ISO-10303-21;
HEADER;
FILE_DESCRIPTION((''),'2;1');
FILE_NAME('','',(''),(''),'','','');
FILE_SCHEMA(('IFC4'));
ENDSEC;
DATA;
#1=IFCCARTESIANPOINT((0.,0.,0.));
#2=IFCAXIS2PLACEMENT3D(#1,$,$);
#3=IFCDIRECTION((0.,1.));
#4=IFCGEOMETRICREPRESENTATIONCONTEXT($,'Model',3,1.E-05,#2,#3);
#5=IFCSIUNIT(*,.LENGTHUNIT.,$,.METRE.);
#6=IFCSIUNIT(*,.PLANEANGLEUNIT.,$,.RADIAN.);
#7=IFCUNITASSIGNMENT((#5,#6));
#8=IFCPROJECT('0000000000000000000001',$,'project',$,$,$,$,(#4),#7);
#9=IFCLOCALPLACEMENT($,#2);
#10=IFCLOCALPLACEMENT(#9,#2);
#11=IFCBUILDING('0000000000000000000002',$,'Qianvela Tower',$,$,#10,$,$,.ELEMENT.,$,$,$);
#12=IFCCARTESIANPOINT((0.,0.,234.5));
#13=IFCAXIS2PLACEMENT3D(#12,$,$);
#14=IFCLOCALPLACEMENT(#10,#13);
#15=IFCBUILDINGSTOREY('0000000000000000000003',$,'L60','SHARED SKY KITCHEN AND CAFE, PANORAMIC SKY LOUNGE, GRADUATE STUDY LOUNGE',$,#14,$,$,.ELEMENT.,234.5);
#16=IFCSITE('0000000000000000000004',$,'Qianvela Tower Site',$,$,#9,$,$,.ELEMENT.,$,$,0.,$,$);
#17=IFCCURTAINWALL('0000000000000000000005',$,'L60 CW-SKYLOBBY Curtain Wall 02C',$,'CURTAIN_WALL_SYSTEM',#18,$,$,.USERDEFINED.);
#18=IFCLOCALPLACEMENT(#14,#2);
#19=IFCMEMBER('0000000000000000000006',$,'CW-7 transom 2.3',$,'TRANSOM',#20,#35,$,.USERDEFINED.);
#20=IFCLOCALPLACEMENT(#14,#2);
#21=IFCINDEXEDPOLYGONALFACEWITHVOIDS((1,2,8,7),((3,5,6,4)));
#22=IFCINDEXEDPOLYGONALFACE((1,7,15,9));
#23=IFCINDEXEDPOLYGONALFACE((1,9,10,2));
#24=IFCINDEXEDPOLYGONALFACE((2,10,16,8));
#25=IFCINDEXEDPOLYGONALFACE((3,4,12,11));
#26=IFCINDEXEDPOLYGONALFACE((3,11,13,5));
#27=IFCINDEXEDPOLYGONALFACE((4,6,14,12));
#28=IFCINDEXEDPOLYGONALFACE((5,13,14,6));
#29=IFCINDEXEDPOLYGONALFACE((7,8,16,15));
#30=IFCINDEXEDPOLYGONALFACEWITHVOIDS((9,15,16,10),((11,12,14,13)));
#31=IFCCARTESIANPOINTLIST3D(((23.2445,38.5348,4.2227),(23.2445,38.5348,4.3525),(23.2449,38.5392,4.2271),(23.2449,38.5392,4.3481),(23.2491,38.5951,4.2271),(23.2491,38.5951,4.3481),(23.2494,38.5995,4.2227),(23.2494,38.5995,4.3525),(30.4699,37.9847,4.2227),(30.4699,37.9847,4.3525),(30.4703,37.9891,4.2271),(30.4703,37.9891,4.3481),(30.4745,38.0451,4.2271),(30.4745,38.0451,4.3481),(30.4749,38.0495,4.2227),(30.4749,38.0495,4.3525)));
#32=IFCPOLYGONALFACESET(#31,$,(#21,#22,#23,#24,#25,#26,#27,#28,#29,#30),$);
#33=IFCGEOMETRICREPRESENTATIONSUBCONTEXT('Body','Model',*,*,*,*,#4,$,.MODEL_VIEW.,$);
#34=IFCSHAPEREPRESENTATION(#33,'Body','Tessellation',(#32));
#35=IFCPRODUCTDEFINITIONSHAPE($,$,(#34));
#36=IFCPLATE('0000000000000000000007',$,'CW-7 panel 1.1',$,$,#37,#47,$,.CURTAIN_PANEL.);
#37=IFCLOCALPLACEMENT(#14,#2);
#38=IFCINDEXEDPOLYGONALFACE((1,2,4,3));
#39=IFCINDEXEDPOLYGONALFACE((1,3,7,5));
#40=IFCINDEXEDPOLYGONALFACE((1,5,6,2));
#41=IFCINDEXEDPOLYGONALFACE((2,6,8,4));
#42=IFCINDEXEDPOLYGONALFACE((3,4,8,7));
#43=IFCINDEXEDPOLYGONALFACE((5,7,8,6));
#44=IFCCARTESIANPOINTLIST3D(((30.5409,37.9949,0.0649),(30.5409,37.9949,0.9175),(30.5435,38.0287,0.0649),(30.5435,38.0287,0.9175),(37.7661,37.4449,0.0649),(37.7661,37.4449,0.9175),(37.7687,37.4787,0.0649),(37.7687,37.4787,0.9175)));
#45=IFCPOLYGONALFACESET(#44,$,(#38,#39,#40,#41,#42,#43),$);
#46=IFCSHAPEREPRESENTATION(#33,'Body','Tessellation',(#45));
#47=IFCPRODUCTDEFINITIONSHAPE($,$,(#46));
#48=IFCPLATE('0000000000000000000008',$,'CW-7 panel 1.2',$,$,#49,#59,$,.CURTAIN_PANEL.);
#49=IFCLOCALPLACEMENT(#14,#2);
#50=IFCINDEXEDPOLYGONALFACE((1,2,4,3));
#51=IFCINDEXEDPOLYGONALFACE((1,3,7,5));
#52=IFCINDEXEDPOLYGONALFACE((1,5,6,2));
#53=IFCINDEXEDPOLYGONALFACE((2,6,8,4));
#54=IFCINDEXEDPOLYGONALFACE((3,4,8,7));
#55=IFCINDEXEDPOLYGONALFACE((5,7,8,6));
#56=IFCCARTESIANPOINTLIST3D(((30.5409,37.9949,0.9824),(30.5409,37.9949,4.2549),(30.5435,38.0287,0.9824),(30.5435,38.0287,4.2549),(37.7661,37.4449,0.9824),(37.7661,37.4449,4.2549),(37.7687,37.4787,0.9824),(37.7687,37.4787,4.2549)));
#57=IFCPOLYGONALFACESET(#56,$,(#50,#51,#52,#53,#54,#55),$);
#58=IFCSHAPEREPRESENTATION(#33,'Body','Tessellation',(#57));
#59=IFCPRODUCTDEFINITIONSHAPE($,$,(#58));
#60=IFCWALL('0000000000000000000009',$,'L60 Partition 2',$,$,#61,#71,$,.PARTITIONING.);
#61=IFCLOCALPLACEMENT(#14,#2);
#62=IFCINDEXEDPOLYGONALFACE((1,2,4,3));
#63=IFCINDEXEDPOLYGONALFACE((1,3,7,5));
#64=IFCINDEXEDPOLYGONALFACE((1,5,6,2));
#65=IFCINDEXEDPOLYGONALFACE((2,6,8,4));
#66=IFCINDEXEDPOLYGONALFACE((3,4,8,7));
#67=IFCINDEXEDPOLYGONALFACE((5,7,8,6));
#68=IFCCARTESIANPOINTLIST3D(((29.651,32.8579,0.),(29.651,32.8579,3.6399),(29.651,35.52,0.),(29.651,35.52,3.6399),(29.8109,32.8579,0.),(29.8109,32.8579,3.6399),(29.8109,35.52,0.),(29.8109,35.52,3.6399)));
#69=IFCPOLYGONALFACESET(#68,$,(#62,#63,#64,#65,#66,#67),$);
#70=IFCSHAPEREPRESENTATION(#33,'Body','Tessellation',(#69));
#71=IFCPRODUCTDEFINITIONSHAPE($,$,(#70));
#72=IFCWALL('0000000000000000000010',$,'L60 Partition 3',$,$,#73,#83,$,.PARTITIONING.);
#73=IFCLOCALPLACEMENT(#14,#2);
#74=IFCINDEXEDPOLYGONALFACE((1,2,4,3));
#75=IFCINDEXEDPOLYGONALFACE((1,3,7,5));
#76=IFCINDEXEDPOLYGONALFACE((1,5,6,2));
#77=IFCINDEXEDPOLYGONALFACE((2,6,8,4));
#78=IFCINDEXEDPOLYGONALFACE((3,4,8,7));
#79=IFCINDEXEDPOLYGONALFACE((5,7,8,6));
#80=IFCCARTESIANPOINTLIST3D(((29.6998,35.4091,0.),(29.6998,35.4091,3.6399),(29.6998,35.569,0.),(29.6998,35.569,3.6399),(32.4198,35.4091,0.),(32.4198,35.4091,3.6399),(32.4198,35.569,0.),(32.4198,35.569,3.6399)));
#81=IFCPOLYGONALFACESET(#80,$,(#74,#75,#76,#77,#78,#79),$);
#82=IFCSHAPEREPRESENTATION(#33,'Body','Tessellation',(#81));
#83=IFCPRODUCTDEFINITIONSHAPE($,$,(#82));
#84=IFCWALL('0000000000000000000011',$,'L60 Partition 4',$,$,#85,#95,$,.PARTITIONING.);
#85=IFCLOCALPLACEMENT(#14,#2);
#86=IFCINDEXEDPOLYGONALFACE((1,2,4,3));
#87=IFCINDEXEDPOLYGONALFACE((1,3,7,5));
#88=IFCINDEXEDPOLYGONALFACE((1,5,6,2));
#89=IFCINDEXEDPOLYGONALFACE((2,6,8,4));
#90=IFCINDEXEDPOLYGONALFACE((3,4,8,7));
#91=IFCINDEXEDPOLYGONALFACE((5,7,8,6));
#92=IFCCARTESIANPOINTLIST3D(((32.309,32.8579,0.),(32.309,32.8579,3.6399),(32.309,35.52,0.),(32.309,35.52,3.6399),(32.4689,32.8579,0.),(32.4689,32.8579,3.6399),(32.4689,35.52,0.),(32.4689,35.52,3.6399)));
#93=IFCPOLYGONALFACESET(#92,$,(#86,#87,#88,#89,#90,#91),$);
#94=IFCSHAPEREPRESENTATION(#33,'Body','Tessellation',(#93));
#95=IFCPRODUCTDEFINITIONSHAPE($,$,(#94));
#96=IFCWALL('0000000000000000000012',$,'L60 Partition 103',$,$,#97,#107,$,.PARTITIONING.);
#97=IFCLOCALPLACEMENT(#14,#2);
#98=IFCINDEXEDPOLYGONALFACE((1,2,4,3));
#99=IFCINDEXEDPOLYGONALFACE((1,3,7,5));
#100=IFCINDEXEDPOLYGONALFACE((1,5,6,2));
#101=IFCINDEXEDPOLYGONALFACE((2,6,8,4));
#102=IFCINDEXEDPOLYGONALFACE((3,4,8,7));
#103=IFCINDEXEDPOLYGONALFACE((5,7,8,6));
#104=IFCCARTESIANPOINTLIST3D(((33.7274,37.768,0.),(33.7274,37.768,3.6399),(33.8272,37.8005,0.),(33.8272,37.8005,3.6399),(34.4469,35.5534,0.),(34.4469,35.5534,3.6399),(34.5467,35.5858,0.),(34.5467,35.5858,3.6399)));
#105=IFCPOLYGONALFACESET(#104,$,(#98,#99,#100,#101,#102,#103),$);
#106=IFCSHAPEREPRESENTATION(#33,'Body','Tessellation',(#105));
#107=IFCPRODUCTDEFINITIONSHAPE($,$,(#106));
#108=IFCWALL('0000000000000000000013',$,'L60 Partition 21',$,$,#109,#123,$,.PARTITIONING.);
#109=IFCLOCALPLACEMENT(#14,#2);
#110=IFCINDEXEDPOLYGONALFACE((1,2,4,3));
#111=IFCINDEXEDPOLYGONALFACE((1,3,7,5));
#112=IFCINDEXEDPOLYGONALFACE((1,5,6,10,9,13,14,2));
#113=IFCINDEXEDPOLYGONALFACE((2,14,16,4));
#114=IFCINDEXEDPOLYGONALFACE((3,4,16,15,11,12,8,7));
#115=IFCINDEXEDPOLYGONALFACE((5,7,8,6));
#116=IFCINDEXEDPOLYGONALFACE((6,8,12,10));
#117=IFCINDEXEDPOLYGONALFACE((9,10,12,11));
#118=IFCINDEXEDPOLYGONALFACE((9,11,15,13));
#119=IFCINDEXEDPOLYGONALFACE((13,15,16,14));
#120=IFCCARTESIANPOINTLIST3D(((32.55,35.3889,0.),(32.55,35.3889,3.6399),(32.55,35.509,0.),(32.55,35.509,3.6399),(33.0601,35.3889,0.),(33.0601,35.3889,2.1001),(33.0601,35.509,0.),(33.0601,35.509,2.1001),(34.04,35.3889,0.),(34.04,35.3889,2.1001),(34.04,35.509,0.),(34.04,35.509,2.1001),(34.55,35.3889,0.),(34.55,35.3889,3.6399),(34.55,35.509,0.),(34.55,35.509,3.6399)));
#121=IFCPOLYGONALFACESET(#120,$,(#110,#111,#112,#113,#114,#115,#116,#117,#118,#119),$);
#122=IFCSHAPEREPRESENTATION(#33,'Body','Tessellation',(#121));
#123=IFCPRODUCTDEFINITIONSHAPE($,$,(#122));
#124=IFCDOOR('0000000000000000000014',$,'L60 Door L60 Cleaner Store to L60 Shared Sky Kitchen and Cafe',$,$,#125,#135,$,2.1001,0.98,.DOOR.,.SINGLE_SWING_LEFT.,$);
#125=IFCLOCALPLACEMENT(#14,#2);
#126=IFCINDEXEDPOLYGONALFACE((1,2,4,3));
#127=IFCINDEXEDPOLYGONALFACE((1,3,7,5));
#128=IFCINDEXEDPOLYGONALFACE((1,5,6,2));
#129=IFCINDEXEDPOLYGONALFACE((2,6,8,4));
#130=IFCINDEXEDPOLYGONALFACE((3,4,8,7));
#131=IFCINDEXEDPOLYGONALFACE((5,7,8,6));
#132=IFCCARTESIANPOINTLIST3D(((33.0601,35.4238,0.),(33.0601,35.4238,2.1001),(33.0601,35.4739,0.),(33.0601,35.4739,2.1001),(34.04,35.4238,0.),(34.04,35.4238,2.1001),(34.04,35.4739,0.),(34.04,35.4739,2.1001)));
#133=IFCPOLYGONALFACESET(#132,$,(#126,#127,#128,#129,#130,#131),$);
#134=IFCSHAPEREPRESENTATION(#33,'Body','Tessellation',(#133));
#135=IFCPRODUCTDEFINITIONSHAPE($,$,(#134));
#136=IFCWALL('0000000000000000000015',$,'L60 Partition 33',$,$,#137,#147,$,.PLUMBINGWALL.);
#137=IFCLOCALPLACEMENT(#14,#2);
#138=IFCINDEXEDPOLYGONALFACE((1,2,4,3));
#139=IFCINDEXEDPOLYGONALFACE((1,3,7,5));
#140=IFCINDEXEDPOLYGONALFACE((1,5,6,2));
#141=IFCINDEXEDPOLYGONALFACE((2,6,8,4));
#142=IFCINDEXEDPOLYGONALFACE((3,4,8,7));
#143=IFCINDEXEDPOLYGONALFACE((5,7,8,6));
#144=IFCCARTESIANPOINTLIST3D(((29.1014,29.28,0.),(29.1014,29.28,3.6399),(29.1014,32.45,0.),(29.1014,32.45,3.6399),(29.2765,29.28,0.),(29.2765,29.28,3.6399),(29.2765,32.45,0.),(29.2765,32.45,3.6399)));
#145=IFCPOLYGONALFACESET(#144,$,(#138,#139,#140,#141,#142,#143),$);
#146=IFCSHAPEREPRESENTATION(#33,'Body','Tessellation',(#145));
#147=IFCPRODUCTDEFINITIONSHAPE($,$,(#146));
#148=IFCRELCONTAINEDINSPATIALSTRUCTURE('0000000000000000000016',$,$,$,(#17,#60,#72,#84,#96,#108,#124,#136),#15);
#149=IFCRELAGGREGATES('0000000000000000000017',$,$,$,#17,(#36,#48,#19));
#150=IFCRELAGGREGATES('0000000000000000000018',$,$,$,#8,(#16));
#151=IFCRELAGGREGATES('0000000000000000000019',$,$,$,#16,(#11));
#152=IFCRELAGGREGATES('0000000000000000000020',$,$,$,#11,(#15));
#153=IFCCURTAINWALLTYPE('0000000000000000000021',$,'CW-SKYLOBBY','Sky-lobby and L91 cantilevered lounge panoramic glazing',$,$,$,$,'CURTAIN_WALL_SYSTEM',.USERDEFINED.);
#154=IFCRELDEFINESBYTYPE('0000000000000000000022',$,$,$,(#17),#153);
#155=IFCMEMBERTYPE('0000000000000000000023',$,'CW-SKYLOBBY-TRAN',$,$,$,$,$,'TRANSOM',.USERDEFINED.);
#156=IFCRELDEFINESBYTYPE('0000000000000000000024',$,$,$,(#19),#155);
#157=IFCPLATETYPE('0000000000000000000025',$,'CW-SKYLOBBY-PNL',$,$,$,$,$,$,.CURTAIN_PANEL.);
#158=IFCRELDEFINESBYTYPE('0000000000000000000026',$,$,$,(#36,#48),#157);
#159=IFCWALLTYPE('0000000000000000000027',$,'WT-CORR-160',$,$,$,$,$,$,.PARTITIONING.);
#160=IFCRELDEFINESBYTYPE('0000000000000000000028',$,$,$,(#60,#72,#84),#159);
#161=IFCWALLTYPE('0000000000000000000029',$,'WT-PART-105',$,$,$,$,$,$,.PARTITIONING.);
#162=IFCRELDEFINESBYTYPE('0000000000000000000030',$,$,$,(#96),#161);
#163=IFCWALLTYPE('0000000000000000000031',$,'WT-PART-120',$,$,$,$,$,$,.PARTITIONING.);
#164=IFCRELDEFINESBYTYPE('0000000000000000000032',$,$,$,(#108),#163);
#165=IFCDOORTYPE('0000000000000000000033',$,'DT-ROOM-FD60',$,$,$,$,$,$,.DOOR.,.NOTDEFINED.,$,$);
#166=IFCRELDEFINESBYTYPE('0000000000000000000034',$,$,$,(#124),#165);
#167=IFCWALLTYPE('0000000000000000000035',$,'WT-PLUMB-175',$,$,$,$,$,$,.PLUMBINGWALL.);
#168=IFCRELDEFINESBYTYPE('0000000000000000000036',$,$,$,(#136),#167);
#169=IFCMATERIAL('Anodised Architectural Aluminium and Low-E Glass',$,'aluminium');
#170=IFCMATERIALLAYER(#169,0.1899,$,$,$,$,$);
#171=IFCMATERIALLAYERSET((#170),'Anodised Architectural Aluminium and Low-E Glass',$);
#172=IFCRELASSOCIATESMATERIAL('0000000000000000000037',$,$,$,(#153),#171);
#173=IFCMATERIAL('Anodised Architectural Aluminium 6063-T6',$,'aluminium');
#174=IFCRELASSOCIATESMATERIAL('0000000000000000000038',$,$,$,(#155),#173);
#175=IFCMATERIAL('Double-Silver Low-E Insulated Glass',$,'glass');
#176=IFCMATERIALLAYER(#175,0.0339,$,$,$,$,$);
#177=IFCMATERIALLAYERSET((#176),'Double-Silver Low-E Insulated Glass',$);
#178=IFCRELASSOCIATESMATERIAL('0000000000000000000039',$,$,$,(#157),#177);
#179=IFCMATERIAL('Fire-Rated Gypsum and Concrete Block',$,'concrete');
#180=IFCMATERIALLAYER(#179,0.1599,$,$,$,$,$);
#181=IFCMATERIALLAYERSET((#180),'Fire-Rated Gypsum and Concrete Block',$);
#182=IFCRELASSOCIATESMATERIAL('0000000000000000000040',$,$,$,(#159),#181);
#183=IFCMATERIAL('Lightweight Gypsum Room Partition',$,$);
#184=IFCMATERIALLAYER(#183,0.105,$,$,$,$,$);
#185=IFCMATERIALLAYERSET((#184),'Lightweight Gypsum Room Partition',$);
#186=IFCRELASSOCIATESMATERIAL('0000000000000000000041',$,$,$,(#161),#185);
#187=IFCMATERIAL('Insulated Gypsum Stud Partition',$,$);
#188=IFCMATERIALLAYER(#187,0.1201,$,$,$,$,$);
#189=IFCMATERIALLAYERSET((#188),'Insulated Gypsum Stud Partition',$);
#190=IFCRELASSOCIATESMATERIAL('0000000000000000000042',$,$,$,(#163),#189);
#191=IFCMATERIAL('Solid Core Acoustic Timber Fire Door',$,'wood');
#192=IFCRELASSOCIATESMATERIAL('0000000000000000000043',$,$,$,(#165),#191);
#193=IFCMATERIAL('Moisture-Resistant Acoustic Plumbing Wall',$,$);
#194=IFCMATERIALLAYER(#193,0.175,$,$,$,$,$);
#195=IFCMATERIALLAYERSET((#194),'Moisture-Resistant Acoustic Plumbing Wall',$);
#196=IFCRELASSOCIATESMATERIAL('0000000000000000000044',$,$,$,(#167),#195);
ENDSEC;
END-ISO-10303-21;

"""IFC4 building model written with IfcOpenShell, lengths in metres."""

from ifc_helpers import new_model, si_unit, direction, frame, frame_2d, origin, origin_2d, place, context, subcontext, project, spatial, rectangle, hollow_rectangle, extrude, material, layer, layer_set, material_profile, profile_set, type_object, element, fill, aggregate, save


model = new_model("IFC4")

# Units and contexts
model_context = context("Model", 3, precision=1e-05, world=origin(), true_north=direction((0.0, 1.0)))
body_context = subcontext(model_context, "Body", "Model", "MODEL_VIEW")
ifc_project = project(units=[si_unit("LENGTHUNIT", "METRE"), si_unit("PLANEANGLEUNIT", "RADIAN")], contexts=[model_context])

# Site, building, storey
site_placement = place(None, origin())
site = spatial("IfcSite", under=ifc_project, at=site_placement, Name="Qianvela Tower Site", CompositionType="ELEMENT", RefElevation=0.0)
building_placement = place(site_placement, origin())
building = spatial("IfcBuilding", under=site, at=building_placement, Name="Qianvela Tower", CompositionType="ELEMENT")
storey_placement = place(building_placement, frame((0.0, 0.0, 234.5)))
storey = spatial("IfcBuildingStorey", under=building, at=storey_placement, Name="L60", Description="SHARED SKY KITCHEN AND CAFE, PANORAMIC SKY LOUNGE, GRADUATE STUDY LOUNGE", CompositionType="ELEMENT", Elevation=234.5)

# Curtain wall, member, plates
ifc_material_1 = material(Name="Anodised Architectural Aluminium and Low-E Glass", Category="aluminium")
ifc_layer_1 = layer(ifc_material_1, 0.1899)
ifc_layer_set_1 = layer_set([ifc_layer_1], Name="Anodised Architectural Aluminium and Low-E Glass")
curtain_wall_type = type_object("IfcCurtainWallType", Name="CW-SKYLOBBY", Description="Sky-lobby and L91 cantilevered lounge panoramic glazing", ElementType="CURTAIN_WALL_SYSTEM", PredefinedType="USERDEFINED", material=ifc_layer_set_1)
curtain_wall_placement = place(storey_placement, origin())
curtain_wall = element("IfcCurtainWall", 1, at=curtain_wall_placement, inside=storey, type_object=curtain_wall_type, Name="L60 CW-SKYLOBBY Curtain Wall 02C", ObjectType="CURTAIN_WALL_SYSTEM", PredefinedType="USERDEFINED")
ifc_material_2 = material(Name="Anodised Architectural Aluminium 6063-T6", Category="aluminium")
ifc_material_profile_1 = material_profile(ifc_material_2, hollow_rectangle(XDim=0.0649, YDim=0.1299, WallThickness=0.0044, at=origin_2d()), Name="ALU-TRAN-65x130")
ifc_profile_set_1 = profile_set([ifc_material_profile_1], Name="Anodised Architectural Aluminium 6063-T6")
member_type_1 = type_object("IfcMemberType", Name="CW-SKYLOBBY-TRAN", ElementType="TRANSOM", PredefinedType="USERDEFINED", material=ifc_profile_set_1)
member_1_placement = place(storey_placement, frame((30.4724, 38.0171, 4.2876), z_axis=(-0.997115, 0.075908, 0.0), x_axis=(-0.075908, -0.997115, 0.0)))
member_1 = element("IfcMember", 2, at=member_1_placement, type_object=member_type_1, Name="CW-7 transom 2.3", ObjectType="TRANSOM", PredefinedType="USERDEFINED", context=body_context, shape_type="SweptSolid", body=[
    extrude(hollow_rectangle(XDim=0.0649, YDim=0.1299, WallThickness=0.0044, at=origin_2d()), origin(), (0.0, 0.0, 1.0), 7.2463),
])
ifc_material_3 = material(Name="Double-Silver Low-E Insulated Glass", Category="glass")
ifc_layer_2 = layer(ifc_material_3, 0.0339)
ifc_layer_set_2 = layer_set([ifc_layer_2], Name="Double-Silver Low-E Insulated Glass")
plate_type = type_object("IfcPlateType", Name="CW-SKYLOBBY-PNL", PredefinedType="CURTAIN_PANEL", material=ifc_layer_set_2)
plate_1_placement = place(storey_placement, frame((34.1548, 37.7368, 0.0649), z_axis=(0.0, 0.0, 1.0), x_axis=(-0.997115, 0.0759, 0.0)))
plate_1 = element("IfcPlate", 3, at=plate_1_placement, type_object=plate_type, Name="CW-7 panel 1.1", PredefinedType="CURTAIN_PANEL", context=body_context, shape_type="SweptSolid", body=[
    extrude(rectangle(XDim=7.2461, YDim=0.0339, at=origin_2d()), origin(), (0.0, 0.0, 1.0), 0.8525),
])
plate_2_placement = place(storey_placement, frame((34.1548, 37.7368, 0.9824), z_axis=(0.0, 0.0, 1.0), x_axis=(-0.997115, 0.0759, 0.0)))
plate_2 = element("IfcPlate", 4, at=plate_2_placement, type_object=plate_type, Name="CW-7 panel 1.2", PredefinedType="CURTAIN_PANEL", context=body_context, shape_type="SweptSolid", body=[
    extrude(rectangle(XDim=7.2461, YDim=0.0339, at=origin_2d()), origin(), (0.0, 0.0, 1.0), 3.2725),
])
aggregate(curtain_wall, [plate_1, plate_2, member_1])

# Walls
ifc_material_4 = material(Name="Fire-Rated Gypsum and Concrete Block", Category="concrete")
ifc_layer_3 = layer(ifc_material_4, 0.1599)
ifc_layer_set_3 = layer_set([ifc_layer_3], Name="Fire-Rated Gypsum and Concrete Block")
wall_type_1 = type_object("IfcWallType", Name="WT-CORR-160", PredefinedType="PARTITIONING", material=ifc_layer_set_3)
wall_1_placement = place(storey_placement, frame((29.731, 32.8579, 0.0), z_axis=(0.0, 0.0, 1.0), x_axis=(0.0, 1.0, 0.0)))
element("IfcWall", 5, at=wall_1_placement, inside=storey, type_object=wall_type_1, Name="L60 Partition 2", PredefinedType="PARTITIONING", context=body_context, shape_type="SweptSolid", body=[
    extrude(rectangle(XDim=2.6621, YDim=0.1599, at=frame_2d((1.3311, 0.0))), origin(), (0.0, 0.0, 1.0), 3.6399),
])
wall_2_placement = place(storey_placement, frame((29.7, 35.489, 0.0), z_axis=(0.0, 0.0, 1.0), x_axis=(1.0, 0.0, 0.0)))
element("IfcWall", 6, at=wall_2_placement, inside=storey, type_object=wall_type_1, Name="L60 Partition 3", PredefinedType="PARTITIONING", context=body_context, shape_type="SweptSolid", body=[
    extrude(rectangle(XDim=2.72, YDim=0.1599, at=frame_2d((1.3599, 0.0))), origin(), (0.0, 0.0, 1.0), 3.6399),
])
wall_3_placement = place(storey_placement, frame((32.3889, 35.52, 0.0), z_axis=(0.0, 0.0, 1.0), x_axis=(0.0, -1.0, 0.0)))
element("IfcWall", 7, at=wall_3_placement, inside=storey, type_object=wall_type_1, Name="L60 Partition 4", PredefinedType="PARTITIONING", context=body_context, shape_type="SweptSolid", body=[
    extrude(rectangle(XDim=2.6621, YDim=0.1599, at=frame_2d((1.3311, 0.0))), origin(), (0.0, 0.0, 1.0), 3.6399),
])
ifc_material_5 = material(Name="Lightweight Gypsum Room Partition")
ifc_layer_4 = layer(ifc_material_5, 0.105)
ifc_layer_set_4 = layer_set([ifc_layer_4], Name="Lightweight Gypsum Room Partition")
wall_type_2 = type_object("IfcWallType", Name="WT-PART-105", PredefinedType="PARTITIONING", material=ifc_layer_set_4)
wall_4_placement = place(storey_placement, frame((34.4968, 35.5696, 0.0), z_axis=(0.0, 0.0, 1.0), x_axis=(-0.308984, 0.951067, 0.0)))
element("IfcWall", 8, at=wall_4_placement, inside=storey, type_object=wall_type_2, Name="L60 Partition 103", PredefinedType="PARTITIONING", context=body_context, shape_type="SweptSolid", body=[
    extrude(rectangle(XDim=2.3286, YDim=0.105, at=frame_2d((1.1643, 0.0))), origin(), (0.0, 0.0, 1.0), 3.6399),
])

# Wall, opening, door
ifc_material_6 = material(Name="Insulated Gypsum Stud Partition")
ifc_layer_5 = layer(ifc_material_6, 0.1201)
ifc_layer_set_5 = layer_set([ifc_layer_5], Name="Insulated Gypsum Stud Partition")
wall_type_3 = type_object("IfcWallType", Name="WT-PART-120", PredefinedType="PARTITIONING", material=ifc_layer_set_5)
wall_5_placement = place(storey_placement, frame((32.55, 35.449, 0.0), z_axis=(0.0, 0.0, 1.0), x_axis=(1.0, 0.0, 0.0)))
wall_5 = element("IfcWall", 9, at=wall_5_placement, inside=storey, type_object=wall_type_3, Name="L60 Partition 21", PredefinedType="PARTITIONING", context=body_context, shape_type="SweptSolid", body=[
    extrude(rectangle(XDim=2.0, YDim=0.1201, at=frame_2d((1.0, 0.0))), origin(), (0.0, 0.0, 1.0), 3.6399),
])
opening_1_placement = place(wall_5_placement, frame((0.51, 0.0, 0.0)))
opening_1 = element("IfcOpeningElement", 10, at=opening_1_placement, cuts=wall_5, PredefinedType="OPENING", context=body_context, shape_type="SweptSolid", body=[
    extrude(rectangle(XDim=0.98, YDim=2.1001, at=frame_2d((0.49, 1.05))), frame((0.0, 0.0701, 0.0), z_axis=(0.0, -1.0, 0.0), x_axis=(1.0, 0.0, 0.0)), (0.0, 0.0, 1.0), 0.1401),
])
ifc_material_7 = material(Name="Solid Core Acoustic Timber Fire Door", Category="wood")
door_type_1 = type_object("IfcDoorType", Name="DT-ROOM-FD60", OperationType="NOTDEFINED", PredefinedType="DOOR", material=ifc_material_7)
door_1_placement = place(opening_1_placement, origin())
door_1 = element("IfcDoor", 11, at=door_1_placement, inside=storey, type_object=door_type_1, Name="L60 Door L60 Cleaner Store to L60 Shared Sky Kitchen and Cafe", OperationType="SINGLE_SWING_LEFT", OverallHeight=2.1001, OverallWidth=0.98, PredefinedType="DOOR", context=body_context, shape_type="SweptSolid", body=[
    extrude(rectangle(XDim=0.98, YDim=2.1001, at=frame_2d((0.49, 1.05))), frame((0.0, 0.0249, 0.0), z_axis=(0.0, -1.0, 0.0), x_axis=(1.0, 0.0, 0.0)), (0.0, 0.0, 1.0), 0.05),
])
fill(opening_1, door_1)

# Wall
ifc_material_8 = material(Name="Moisture-Resistant Acoustic Plumbing Wall")
ifc_layer_6 = layer(ifc_material_8, 0.175)
ifc_layer_set_6 = layer_set([ifc_layer_6], Name="Moisture-Resistant Acoustic Plumbing Wall")
wall_type_4 = type_object("IfcWallType", Name="WT-PLUMB-175", PredefinedType="PLUMBINGWALL", material=ifc_layer_set_6)
wall_6_placement = place(storey_placement, frame((29.189, 32.45, 0.0), z_axis=(0.0, 0.0, 1.0), x_axis=(0.0, -1.0, 0.0)))
element("IfcWall", 12, at=wall_6_placement, inside=storey, type_object=wall_type_4, Name="L60 Partition 33", PredefinedType="PLUMBINGWALL", context=body_context, shape_type="SweptSolid", body=[
    extrude(rectangle(XDim=3.1699, YDim=0.175, at=frame_2d((1.585, 0.0))), origin(), (0.0, 0.0, 1.0), 3.6399),
])

save(model, "model.ifc")
